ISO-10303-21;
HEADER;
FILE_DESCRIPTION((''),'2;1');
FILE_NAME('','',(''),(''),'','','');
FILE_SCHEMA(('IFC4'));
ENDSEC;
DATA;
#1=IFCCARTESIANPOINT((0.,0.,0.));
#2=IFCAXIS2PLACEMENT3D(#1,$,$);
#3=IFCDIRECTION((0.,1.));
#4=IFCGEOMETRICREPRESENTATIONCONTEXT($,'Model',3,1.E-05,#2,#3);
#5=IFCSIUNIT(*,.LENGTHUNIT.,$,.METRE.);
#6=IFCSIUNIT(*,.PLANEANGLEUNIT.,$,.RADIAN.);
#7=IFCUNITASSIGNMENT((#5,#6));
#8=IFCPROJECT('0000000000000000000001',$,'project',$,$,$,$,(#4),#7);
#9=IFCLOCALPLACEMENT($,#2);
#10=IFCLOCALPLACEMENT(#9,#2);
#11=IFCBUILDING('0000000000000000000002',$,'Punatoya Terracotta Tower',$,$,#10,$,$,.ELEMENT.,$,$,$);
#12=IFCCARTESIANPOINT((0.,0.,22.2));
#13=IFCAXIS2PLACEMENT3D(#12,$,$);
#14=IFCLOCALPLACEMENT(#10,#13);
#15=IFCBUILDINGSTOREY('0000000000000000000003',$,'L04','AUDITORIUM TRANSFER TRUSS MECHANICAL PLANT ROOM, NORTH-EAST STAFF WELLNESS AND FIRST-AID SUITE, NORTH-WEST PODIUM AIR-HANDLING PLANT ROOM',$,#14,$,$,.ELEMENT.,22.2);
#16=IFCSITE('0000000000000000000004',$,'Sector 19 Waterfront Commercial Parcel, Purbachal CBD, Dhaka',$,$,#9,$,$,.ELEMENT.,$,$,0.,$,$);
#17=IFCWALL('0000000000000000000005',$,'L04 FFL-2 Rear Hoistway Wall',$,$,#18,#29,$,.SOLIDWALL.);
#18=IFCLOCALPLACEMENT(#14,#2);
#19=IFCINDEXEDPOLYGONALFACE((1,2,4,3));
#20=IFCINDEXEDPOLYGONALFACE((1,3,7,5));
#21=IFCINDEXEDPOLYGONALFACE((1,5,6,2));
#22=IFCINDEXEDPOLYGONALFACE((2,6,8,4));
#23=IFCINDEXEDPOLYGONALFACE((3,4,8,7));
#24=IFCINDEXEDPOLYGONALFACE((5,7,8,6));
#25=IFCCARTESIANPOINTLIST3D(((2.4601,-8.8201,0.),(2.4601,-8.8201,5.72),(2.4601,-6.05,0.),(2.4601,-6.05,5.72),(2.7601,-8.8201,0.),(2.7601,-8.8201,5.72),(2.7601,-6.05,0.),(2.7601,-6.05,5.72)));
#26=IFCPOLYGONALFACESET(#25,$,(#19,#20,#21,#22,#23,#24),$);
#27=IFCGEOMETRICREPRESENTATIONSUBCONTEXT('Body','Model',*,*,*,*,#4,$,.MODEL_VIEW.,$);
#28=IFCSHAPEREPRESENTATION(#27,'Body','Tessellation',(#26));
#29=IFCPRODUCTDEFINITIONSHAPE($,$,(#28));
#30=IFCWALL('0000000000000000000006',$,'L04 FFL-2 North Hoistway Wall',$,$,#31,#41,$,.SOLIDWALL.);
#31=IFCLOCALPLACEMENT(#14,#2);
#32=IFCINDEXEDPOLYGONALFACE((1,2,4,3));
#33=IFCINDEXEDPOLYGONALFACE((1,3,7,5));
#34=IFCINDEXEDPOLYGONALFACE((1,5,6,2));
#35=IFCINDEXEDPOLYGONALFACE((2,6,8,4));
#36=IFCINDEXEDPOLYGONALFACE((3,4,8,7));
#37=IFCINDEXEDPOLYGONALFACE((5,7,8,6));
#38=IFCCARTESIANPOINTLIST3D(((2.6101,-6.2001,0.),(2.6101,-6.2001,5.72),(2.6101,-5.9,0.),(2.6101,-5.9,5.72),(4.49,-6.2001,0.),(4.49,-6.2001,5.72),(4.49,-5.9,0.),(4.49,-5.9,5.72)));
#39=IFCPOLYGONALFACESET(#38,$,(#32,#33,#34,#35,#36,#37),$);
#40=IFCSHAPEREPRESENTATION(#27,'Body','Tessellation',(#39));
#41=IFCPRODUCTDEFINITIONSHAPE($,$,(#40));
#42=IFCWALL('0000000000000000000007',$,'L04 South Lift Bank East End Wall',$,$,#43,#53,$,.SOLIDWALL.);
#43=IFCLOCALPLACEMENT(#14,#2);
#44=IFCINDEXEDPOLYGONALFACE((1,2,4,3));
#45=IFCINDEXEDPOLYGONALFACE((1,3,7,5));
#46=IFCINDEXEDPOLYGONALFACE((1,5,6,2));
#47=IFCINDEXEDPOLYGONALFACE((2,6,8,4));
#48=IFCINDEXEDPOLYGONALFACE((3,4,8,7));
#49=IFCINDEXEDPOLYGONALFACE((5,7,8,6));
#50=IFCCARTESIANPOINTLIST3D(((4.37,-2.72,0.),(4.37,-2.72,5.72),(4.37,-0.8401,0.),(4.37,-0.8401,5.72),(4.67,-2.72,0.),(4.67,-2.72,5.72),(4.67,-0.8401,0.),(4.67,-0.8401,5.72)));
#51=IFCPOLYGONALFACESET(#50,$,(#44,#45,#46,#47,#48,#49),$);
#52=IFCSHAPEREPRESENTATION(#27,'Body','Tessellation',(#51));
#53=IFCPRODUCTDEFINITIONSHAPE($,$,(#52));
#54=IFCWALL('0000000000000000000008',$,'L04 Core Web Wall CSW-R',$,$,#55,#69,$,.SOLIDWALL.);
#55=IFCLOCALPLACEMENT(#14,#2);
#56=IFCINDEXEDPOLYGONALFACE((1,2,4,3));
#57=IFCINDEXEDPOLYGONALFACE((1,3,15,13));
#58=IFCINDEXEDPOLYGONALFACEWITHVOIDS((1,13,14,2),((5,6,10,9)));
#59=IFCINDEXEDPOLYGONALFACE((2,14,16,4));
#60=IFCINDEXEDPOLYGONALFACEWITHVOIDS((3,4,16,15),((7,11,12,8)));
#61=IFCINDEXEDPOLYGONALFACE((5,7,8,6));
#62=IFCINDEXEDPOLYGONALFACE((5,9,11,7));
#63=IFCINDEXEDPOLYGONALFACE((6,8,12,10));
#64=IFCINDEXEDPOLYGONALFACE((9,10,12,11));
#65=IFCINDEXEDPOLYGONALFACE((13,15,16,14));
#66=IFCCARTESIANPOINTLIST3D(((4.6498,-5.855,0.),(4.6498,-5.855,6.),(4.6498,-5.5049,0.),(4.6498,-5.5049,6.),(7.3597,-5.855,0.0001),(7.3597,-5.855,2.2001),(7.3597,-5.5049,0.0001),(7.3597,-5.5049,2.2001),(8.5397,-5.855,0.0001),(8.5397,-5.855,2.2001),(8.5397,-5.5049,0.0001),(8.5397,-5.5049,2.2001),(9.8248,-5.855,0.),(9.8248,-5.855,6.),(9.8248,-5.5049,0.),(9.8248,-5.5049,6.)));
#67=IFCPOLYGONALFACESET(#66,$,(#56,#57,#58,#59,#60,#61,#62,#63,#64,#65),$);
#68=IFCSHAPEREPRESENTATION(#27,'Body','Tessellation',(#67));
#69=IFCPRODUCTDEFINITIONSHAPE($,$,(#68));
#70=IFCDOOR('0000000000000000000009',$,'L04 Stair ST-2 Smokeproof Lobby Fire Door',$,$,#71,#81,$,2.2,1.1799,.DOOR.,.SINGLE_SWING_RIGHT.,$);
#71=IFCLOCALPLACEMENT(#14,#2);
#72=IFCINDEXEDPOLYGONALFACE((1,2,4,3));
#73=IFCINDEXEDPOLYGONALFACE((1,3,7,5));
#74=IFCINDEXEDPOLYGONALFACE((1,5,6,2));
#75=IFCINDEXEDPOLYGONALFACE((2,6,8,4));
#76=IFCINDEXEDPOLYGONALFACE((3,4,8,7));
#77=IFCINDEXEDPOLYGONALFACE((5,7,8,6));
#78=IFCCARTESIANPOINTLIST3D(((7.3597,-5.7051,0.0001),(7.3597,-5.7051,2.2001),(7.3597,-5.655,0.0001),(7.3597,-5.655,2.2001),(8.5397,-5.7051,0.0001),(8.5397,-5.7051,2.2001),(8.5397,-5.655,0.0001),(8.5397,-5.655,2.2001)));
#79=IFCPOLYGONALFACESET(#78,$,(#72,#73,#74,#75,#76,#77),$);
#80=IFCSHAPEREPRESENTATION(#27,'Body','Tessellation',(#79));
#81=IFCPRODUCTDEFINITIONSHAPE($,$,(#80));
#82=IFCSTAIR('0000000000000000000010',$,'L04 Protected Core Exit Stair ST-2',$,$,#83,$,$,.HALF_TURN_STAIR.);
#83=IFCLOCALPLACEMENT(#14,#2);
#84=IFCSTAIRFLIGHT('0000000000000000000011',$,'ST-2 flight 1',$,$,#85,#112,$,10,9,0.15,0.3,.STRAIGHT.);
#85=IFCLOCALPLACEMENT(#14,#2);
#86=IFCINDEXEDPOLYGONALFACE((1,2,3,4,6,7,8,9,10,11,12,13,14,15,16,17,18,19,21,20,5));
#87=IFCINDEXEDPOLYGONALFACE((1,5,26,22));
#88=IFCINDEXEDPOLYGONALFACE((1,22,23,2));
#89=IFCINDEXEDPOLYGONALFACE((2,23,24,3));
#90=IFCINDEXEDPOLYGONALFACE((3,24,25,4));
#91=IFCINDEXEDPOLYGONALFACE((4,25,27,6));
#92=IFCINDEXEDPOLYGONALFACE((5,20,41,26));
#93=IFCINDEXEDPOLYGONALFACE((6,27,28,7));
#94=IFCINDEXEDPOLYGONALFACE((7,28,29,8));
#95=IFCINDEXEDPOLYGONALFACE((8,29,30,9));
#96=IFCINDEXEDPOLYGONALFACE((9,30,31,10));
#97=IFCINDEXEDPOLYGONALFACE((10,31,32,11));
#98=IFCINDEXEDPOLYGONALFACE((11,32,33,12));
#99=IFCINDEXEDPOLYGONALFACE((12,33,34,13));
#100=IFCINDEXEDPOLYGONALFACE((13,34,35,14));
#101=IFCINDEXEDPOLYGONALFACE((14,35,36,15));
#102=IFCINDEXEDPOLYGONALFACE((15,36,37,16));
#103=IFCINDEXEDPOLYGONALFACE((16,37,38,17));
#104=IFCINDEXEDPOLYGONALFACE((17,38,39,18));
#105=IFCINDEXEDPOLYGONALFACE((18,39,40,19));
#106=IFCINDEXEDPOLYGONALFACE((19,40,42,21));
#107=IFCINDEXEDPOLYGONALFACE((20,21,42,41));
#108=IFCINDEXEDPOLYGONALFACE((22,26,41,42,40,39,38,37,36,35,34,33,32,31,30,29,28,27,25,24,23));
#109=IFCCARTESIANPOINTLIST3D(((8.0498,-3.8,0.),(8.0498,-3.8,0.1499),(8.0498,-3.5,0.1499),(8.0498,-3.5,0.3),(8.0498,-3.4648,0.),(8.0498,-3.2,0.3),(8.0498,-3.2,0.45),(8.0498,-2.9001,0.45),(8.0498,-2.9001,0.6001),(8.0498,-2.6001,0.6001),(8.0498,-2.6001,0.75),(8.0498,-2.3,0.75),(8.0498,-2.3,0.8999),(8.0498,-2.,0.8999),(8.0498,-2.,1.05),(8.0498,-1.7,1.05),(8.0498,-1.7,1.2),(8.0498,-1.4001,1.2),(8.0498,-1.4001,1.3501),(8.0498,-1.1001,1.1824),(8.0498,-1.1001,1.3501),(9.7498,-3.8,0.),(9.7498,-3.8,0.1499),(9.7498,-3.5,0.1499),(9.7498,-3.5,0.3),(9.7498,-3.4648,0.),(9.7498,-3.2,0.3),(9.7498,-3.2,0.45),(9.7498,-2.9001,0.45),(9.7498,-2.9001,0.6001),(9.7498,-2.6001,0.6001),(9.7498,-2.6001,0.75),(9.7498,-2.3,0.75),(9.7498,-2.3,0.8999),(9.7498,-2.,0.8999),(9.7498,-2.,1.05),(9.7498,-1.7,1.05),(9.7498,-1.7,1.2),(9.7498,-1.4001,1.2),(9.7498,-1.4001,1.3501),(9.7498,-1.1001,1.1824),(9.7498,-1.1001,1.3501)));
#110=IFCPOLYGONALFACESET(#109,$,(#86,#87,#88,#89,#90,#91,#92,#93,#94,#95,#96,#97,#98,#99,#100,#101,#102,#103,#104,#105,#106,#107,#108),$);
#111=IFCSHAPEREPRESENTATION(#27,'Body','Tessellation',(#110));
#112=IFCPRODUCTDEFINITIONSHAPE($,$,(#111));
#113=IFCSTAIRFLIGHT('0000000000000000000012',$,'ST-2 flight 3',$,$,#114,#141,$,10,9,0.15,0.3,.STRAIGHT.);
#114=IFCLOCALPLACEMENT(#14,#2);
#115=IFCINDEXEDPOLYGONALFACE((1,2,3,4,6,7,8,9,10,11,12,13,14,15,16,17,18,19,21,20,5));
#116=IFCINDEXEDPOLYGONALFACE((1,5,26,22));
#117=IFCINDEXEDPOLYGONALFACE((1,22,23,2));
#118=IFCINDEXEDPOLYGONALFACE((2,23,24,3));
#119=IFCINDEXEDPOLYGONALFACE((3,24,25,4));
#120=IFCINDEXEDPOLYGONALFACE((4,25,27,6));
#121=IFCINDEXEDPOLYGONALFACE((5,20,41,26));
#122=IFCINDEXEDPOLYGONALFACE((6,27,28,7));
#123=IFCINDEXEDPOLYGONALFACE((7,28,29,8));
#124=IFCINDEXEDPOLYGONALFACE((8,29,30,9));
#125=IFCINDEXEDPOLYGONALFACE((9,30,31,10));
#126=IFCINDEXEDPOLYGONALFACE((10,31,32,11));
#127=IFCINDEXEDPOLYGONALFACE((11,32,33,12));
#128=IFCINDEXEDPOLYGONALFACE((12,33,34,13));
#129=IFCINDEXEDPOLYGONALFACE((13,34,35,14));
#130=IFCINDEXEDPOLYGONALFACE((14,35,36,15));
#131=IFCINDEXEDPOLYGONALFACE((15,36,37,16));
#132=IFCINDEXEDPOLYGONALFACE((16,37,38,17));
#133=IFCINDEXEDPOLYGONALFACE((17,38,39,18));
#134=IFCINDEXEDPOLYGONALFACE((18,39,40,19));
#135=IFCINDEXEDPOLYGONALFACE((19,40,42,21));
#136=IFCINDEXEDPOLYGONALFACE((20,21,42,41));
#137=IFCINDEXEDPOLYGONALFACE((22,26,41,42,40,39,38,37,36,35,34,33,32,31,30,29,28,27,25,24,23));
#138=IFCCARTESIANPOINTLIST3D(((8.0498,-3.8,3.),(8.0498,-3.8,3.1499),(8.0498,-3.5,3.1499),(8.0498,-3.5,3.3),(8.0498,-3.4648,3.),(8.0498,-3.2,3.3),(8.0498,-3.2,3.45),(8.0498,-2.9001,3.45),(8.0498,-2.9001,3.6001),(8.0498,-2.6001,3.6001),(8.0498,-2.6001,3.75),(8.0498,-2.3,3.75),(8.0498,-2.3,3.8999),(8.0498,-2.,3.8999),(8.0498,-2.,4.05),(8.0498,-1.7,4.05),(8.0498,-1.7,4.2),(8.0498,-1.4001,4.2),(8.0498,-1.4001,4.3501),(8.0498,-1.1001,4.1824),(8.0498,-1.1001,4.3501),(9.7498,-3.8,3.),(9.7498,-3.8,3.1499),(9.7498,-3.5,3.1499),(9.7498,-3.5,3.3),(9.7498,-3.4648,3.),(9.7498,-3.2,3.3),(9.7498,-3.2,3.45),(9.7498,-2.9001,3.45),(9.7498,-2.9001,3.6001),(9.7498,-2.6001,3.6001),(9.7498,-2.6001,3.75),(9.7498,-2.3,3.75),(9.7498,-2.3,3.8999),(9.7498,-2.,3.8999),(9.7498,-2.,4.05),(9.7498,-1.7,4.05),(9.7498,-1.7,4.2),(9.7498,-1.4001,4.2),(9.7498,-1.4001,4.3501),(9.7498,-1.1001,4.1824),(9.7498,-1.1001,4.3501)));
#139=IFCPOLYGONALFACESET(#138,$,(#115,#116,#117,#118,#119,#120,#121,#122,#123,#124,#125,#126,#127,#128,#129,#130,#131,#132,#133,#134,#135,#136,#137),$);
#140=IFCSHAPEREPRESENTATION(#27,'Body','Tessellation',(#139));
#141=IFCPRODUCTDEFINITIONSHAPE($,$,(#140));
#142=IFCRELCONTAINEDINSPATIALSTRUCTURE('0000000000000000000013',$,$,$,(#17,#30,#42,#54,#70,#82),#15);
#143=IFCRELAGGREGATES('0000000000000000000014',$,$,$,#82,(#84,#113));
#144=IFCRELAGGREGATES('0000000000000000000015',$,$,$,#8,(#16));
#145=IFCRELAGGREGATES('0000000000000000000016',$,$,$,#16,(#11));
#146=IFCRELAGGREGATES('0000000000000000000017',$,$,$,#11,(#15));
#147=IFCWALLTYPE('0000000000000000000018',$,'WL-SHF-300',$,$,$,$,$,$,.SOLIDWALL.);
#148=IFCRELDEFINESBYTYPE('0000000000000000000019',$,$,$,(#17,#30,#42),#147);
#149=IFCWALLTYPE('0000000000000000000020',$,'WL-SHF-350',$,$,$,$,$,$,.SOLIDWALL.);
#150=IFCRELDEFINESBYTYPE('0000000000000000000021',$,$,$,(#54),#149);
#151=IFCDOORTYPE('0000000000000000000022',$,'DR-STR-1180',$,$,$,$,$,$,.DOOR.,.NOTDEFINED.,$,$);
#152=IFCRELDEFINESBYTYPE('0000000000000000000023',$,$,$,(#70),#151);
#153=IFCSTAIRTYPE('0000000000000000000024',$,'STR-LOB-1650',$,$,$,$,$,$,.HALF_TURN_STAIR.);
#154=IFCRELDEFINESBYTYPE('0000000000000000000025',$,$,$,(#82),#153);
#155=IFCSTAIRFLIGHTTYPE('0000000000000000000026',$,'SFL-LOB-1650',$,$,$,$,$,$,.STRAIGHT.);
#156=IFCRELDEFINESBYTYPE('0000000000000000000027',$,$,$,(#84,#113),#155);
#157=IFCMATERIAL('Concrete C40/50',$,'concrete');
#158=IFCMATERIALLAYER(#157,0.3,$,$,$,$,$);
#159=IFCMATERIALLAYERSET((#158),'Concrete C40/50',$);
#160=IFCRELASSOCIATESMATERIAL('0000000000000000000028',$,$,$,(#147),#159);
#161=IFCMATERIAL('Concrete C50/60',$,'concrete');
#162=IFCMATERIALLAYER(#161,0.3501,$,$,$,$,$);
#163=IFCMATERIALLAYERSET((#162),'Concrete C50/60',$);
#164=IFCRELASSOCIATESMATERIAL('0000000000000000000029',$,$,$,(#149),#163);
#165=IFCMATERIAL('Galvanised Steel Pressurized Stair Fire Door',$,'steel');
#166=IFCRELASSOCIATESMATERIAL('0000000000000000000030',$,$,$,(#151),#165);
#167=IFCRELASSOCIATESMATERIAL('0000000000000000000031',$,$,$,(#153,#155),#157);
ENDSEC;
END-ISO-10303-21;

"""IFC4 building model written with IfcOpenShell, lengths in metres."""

from ifc_helpers import new_model, si_unit, direction, frame, frame_2d, origin, place, context, subcontext, project, spatial, polyline, rectangle, outline, extrude, material, layer, layer_set, type_object, element, fill, aggregate, save


model = new_model("IFC4")

# Units and contexts
model_context = context("Model", 3, precision=1e-05, world=origin(), true_north=direction((0.0, 1.0)))
body_context = subcontext(model_context, "Body", "Model", "MODEL_VIEW")
ifc_project = project(units=[si_unit("LENGTHUNIT", "METRE"), si_unit("PLANEANGLEUNIT", "RADIAN")], contexts=[model_context])

# Site, building, storey
site_placement = place(None, origin())
site = spatial("IfcSite", under=ifc_project, at=site_placement, Name="Sector 19 Waterfront Commercial Parcel, Purbachal CBD, Dhaka", CompositionType="ELEMENT", RefElevation=0.0)
building_placement = place(site_placement, origin())
building = spatial("IfcBuilding", under=site, at=building_placement, Name="Punatoya Terracotta Tower", CompositionType="ELEMENT")
storey_placement = place(building_placement, frame((0.0, 0.0, 22.2)))
storey = spatial("IfcBuildingStorey", under=building, at=storey_placement, Name="L04", Description="AUDITORIUM TRANSFER TRUSS MECHANICAL PLANT ROOM, NORTH-EAST STAFF WELLNESS AND FIRST-AID SUITE, NORTH-WEST PODIUM AIR-HANDLING PLANT ROOM", CompositionType="ELEMENT", Elevation=22.2)

# Shared definitions
ifc_material_1 = material(Name="Concrete C40/50", Category="concrete")

# Shared definitions
ifc_layer_1 = layer(ifc_material_1, 0.3)
ifc_layer_set_1 = layer_set([ifc_layer_1], Name="Concrete C40/50")
wall_type_1 = type_object("IfcWallType", Name="WL-SHF-300", PredefinedType="SOLIDWALL", material=ifc_layer_set_1)

# Walls
wall_1_placement = place(storey_placement, frame((2.6101, -8.8201, 0.0), z_axis=(0.0, 0.0, 1.0), x_axis=(0.0, 1.0, 0.0)))
element("IfcWall", 1, at=wall_1_placement, inside=storey, type_object=wall_type_1, Name="L04 FFL-2 Rear Hoistway Wall", PredefinedType="SOLIDWALL", context=body_context, shape_type="SweptSolid", body=[
    extrude(rectangle(XDim=2.77, YDim=0.3, at=frame_2d((1.385, 0.0))), origin(), (0.0, 0.0, 1.0), 5.72),
])
for number, where, z_axis, x_axis, name in (
    (2, (2.6101, -6.05, 0.0), (0.0, 0.0, 1.0), (1.0, 0.0, 0.0), "L04 FFL-2 North Hoistway Wall"),
    (3, (4.52, -2.72, 0.0), (0.0, 0.0, 1.0), (0.0, 1.0, 0.0), "L04 South Lift Bank East End Wall"),
):
    element("IfcWall", number, at=place(storey_placement, frame(where, z_axis=z_axis, x_axis=x_axis)), inside=storey, type_object=wall_type_1, Name=name, PredefinedType="SOLIDWALL", context=body_context, shape_type="SweptSolid", body=[
        extrude(rectangle(XDim=1.8799, YDim=0.3, at=frame_2d((0.9399, 0.0))), origin(), (0.0, 0.0, 1.0), 5.72),
    ])

# Wall, opening, door
ifc_material_2 = material(Name="Concrete C50/60", Category="concrete")
ifc_layer_2 = layer(ifc_material_2, 0.3501)
ifc_layer_set_2 = layer_set([ifc_layer_2], Name="Concrete C50/60")
wall_type_2 = type_object("IfcWallType", Name="WL-SHF-350", PredefinedType="SOLIDWALL", material=ifc_layer_set_2)
wall_2_placement = place(storey_placement, frame((4.6499, -5.6799, 0.0), z_axis=(0.0, 0.0, 1.0), x_axis=(1.0, 0.0, 0.0)))
wall_2 = element("IfcWall", 4, at=wall_2_placement, inside=storey, type_object=wall_type_2, Name="L04 Core Web Wall CSW-R", PredefinedType="SOLIDWALL", context=body_context, shape_type="SweptSolid", body=[
    extrude(rectangle(XDim=5.175, YDim=0.3501, at=frame_2d((2.5874, 0.0))), origin(), (0.0, 0.0, 1.0), 6.0),
])
opening_1_placement = place(wall_2_placement, frame((2.71, 0.0, 0.0)))
opening_1 = element("IfcOpeningElement", 5, at=opening_1_placement, cuts=wall_2, PredefinedType="OPENING", context=body_context, shape_type="SweptSolid", body=[
    extrude(rectangle(XDim=1.1799, YDim=2.2, at=frame_2d((0.5898, 1.1001))), frame((0.0, 0.1851, 0.0), z_axis=(0.0, -1.0, 0.0), x_axis=(1.0, 0.0, 0.0)), (0.0, 0.0, 1.0), 0.3701),
])
ifc_material_3 = material(Name="Galvanised Steel Pressurized Stair Fire Door", Category="steel")
door_type_1 = type_object("IfcDoorType", Name="DR-STR-1180", OperationType="NOTDEFINED", PredefinedType="DOOR", material=ifc_material_3)
door_1_placement = place(opening_1_placement, origin())
door_1 = element("IfcDoor", 6, at=door_1_placement, inside=storey, type_object=door_type_1, Name="L04 Stair ST-2 Smokeproof Lobby Fire Door", OperationType="SINGLE_SWING_RIGHT", OverallHeight=2.2, OverallWidth=1.1799, PredefinedType="DOOR", context=body_context, shape_type="SweptSolid", body=[
    extrude(rectangle(XDim=1.1799, YDim=2.2, at=frame_2d((0.5898, 1.1001))), frame((0.0, 0.0249, 0.0), z_axis=(0.0, -1.0, 0.0), x_axis=(1.0, 0.0, 0.0)), (0.0, 0.0, 1.0), 0.05),
])
fill(opening_1, door_1)

# Stair, stair flights
stair_type = type_object("IfcStairType", Name="STR-LOB-1650", PredefinedType="HALF_TURN_STAIR", material=ifc_material_1)
stair_placement = place(storey_placement, origin())
stair = element("IfcStair", 7, at=stair_placement, inside=storey, type_object=stair_type, Name="L04 Protected Core Exit Stair ST-2", PredefinedType="HALF_TURN_STAIR")
stair_flight_type = type_object("IfcStairFlightType", Name="SFL-LOB-1650", PredefinedType="STRAIGHT", material=ifc_material_1)
stair_flight_1_placement = place(storey_placement, frame((8.8999, -3.8, 0.0), z_axis=(0.0, 0.0, 1.0), x_axis=(0.0, 1.0, 0.0)))
stair_flight_1 = element("IfcStairFlight", 8, at=stair_flight_1_placement, type_object=stair_flight_type, Name="ST-2 flight 1", NumberOfRisers=10, NumberOfTreads=9, PredefinedType="STRAIGHT", RiserHeight=0.15, TreadLength=0.3, context=body_context, shape_type="SweptSolid", body=[
    extrude(outline(polyline([(0.0, 0.0), (0.0, 0.1499), (0.3, 0.1499), (0.3, 0.3), (0.6001, 0.3), (0.6001, 0.45), (0.8999, 0.45), (0.8999, 0.6001), (1.2, 0.6001), (1.2, 0.75), (1.5, 0.75), (1.5, 0.8999), (1.8, 0.8999), (1.8, 1.05), (2.1001, 1.05), (2.1001, 1.2), (2.3999, 1.2), (2.3999, 1.3501), (2.7, 1.3501), (2.7, 1.5), (2.7, 1.1824), (0.3352, 0.0), (0.0, 0.0)])), frame((0.0, 0.8501, 0.0), z_axis=(0.0, -1.0, 0.0), x_axis=(1.0, 0.0, 0.0)), (0.0, 0.0, 1.0), 1.7),
])
stair_flight_2_placement = place(storey_placement, frame((8.8999, -3.8, 3.0), z_axis=(0.0, 0.0, 1.0), x_axis=(0.0, 1.0, 0.0)))
stair_flight_2 = element("IfcStairFlight", 9, at=stair_flight_2_placement, type_object=stair_flight_type, Name="ST-2 flight 3", NumberOfRisers=10, NumberOfTreads=9, PredefinedType="STRAIGHT", RiserHeight=0.15, TreadLength=0.3, context=body_context, shape_type="SweptSolid", body=[
    extrude(outline(polyline([(0.0, 0.0), (0.0, 0.1499), (0.3, 0.1499), (0.3, 0.3), (0.6001, 0.3), (0.6001, 0.45), (0.8999, 0.45), (0.8999, 0.6001), (1.2, 0.6001), (1.2, 0.75), (1.5, 0.75), (1.5, 0.8999), (1.8, 0.8999), (1.8, 1.05), (2.1001, 1.05), (2.1001, 1.2), (2.3999, 1.2), (2.3999, 1.3501), (2.7, 1.3501), (2.7, 1.5), (2.7, 1.1824), (0.3352, 0.0), (0.0, 0.0)])), frame((0.0, 0.8501, 0.0), z_axis=(0.0, -1.0, 0.0), x_axis=(1.0, 0.0, 0.0)), (0.0, 0.0, 1.0), 1.7),
])
aggregate(stair, [stair_flight_1, stair_flight_2])

save(model, "model.ifc")
